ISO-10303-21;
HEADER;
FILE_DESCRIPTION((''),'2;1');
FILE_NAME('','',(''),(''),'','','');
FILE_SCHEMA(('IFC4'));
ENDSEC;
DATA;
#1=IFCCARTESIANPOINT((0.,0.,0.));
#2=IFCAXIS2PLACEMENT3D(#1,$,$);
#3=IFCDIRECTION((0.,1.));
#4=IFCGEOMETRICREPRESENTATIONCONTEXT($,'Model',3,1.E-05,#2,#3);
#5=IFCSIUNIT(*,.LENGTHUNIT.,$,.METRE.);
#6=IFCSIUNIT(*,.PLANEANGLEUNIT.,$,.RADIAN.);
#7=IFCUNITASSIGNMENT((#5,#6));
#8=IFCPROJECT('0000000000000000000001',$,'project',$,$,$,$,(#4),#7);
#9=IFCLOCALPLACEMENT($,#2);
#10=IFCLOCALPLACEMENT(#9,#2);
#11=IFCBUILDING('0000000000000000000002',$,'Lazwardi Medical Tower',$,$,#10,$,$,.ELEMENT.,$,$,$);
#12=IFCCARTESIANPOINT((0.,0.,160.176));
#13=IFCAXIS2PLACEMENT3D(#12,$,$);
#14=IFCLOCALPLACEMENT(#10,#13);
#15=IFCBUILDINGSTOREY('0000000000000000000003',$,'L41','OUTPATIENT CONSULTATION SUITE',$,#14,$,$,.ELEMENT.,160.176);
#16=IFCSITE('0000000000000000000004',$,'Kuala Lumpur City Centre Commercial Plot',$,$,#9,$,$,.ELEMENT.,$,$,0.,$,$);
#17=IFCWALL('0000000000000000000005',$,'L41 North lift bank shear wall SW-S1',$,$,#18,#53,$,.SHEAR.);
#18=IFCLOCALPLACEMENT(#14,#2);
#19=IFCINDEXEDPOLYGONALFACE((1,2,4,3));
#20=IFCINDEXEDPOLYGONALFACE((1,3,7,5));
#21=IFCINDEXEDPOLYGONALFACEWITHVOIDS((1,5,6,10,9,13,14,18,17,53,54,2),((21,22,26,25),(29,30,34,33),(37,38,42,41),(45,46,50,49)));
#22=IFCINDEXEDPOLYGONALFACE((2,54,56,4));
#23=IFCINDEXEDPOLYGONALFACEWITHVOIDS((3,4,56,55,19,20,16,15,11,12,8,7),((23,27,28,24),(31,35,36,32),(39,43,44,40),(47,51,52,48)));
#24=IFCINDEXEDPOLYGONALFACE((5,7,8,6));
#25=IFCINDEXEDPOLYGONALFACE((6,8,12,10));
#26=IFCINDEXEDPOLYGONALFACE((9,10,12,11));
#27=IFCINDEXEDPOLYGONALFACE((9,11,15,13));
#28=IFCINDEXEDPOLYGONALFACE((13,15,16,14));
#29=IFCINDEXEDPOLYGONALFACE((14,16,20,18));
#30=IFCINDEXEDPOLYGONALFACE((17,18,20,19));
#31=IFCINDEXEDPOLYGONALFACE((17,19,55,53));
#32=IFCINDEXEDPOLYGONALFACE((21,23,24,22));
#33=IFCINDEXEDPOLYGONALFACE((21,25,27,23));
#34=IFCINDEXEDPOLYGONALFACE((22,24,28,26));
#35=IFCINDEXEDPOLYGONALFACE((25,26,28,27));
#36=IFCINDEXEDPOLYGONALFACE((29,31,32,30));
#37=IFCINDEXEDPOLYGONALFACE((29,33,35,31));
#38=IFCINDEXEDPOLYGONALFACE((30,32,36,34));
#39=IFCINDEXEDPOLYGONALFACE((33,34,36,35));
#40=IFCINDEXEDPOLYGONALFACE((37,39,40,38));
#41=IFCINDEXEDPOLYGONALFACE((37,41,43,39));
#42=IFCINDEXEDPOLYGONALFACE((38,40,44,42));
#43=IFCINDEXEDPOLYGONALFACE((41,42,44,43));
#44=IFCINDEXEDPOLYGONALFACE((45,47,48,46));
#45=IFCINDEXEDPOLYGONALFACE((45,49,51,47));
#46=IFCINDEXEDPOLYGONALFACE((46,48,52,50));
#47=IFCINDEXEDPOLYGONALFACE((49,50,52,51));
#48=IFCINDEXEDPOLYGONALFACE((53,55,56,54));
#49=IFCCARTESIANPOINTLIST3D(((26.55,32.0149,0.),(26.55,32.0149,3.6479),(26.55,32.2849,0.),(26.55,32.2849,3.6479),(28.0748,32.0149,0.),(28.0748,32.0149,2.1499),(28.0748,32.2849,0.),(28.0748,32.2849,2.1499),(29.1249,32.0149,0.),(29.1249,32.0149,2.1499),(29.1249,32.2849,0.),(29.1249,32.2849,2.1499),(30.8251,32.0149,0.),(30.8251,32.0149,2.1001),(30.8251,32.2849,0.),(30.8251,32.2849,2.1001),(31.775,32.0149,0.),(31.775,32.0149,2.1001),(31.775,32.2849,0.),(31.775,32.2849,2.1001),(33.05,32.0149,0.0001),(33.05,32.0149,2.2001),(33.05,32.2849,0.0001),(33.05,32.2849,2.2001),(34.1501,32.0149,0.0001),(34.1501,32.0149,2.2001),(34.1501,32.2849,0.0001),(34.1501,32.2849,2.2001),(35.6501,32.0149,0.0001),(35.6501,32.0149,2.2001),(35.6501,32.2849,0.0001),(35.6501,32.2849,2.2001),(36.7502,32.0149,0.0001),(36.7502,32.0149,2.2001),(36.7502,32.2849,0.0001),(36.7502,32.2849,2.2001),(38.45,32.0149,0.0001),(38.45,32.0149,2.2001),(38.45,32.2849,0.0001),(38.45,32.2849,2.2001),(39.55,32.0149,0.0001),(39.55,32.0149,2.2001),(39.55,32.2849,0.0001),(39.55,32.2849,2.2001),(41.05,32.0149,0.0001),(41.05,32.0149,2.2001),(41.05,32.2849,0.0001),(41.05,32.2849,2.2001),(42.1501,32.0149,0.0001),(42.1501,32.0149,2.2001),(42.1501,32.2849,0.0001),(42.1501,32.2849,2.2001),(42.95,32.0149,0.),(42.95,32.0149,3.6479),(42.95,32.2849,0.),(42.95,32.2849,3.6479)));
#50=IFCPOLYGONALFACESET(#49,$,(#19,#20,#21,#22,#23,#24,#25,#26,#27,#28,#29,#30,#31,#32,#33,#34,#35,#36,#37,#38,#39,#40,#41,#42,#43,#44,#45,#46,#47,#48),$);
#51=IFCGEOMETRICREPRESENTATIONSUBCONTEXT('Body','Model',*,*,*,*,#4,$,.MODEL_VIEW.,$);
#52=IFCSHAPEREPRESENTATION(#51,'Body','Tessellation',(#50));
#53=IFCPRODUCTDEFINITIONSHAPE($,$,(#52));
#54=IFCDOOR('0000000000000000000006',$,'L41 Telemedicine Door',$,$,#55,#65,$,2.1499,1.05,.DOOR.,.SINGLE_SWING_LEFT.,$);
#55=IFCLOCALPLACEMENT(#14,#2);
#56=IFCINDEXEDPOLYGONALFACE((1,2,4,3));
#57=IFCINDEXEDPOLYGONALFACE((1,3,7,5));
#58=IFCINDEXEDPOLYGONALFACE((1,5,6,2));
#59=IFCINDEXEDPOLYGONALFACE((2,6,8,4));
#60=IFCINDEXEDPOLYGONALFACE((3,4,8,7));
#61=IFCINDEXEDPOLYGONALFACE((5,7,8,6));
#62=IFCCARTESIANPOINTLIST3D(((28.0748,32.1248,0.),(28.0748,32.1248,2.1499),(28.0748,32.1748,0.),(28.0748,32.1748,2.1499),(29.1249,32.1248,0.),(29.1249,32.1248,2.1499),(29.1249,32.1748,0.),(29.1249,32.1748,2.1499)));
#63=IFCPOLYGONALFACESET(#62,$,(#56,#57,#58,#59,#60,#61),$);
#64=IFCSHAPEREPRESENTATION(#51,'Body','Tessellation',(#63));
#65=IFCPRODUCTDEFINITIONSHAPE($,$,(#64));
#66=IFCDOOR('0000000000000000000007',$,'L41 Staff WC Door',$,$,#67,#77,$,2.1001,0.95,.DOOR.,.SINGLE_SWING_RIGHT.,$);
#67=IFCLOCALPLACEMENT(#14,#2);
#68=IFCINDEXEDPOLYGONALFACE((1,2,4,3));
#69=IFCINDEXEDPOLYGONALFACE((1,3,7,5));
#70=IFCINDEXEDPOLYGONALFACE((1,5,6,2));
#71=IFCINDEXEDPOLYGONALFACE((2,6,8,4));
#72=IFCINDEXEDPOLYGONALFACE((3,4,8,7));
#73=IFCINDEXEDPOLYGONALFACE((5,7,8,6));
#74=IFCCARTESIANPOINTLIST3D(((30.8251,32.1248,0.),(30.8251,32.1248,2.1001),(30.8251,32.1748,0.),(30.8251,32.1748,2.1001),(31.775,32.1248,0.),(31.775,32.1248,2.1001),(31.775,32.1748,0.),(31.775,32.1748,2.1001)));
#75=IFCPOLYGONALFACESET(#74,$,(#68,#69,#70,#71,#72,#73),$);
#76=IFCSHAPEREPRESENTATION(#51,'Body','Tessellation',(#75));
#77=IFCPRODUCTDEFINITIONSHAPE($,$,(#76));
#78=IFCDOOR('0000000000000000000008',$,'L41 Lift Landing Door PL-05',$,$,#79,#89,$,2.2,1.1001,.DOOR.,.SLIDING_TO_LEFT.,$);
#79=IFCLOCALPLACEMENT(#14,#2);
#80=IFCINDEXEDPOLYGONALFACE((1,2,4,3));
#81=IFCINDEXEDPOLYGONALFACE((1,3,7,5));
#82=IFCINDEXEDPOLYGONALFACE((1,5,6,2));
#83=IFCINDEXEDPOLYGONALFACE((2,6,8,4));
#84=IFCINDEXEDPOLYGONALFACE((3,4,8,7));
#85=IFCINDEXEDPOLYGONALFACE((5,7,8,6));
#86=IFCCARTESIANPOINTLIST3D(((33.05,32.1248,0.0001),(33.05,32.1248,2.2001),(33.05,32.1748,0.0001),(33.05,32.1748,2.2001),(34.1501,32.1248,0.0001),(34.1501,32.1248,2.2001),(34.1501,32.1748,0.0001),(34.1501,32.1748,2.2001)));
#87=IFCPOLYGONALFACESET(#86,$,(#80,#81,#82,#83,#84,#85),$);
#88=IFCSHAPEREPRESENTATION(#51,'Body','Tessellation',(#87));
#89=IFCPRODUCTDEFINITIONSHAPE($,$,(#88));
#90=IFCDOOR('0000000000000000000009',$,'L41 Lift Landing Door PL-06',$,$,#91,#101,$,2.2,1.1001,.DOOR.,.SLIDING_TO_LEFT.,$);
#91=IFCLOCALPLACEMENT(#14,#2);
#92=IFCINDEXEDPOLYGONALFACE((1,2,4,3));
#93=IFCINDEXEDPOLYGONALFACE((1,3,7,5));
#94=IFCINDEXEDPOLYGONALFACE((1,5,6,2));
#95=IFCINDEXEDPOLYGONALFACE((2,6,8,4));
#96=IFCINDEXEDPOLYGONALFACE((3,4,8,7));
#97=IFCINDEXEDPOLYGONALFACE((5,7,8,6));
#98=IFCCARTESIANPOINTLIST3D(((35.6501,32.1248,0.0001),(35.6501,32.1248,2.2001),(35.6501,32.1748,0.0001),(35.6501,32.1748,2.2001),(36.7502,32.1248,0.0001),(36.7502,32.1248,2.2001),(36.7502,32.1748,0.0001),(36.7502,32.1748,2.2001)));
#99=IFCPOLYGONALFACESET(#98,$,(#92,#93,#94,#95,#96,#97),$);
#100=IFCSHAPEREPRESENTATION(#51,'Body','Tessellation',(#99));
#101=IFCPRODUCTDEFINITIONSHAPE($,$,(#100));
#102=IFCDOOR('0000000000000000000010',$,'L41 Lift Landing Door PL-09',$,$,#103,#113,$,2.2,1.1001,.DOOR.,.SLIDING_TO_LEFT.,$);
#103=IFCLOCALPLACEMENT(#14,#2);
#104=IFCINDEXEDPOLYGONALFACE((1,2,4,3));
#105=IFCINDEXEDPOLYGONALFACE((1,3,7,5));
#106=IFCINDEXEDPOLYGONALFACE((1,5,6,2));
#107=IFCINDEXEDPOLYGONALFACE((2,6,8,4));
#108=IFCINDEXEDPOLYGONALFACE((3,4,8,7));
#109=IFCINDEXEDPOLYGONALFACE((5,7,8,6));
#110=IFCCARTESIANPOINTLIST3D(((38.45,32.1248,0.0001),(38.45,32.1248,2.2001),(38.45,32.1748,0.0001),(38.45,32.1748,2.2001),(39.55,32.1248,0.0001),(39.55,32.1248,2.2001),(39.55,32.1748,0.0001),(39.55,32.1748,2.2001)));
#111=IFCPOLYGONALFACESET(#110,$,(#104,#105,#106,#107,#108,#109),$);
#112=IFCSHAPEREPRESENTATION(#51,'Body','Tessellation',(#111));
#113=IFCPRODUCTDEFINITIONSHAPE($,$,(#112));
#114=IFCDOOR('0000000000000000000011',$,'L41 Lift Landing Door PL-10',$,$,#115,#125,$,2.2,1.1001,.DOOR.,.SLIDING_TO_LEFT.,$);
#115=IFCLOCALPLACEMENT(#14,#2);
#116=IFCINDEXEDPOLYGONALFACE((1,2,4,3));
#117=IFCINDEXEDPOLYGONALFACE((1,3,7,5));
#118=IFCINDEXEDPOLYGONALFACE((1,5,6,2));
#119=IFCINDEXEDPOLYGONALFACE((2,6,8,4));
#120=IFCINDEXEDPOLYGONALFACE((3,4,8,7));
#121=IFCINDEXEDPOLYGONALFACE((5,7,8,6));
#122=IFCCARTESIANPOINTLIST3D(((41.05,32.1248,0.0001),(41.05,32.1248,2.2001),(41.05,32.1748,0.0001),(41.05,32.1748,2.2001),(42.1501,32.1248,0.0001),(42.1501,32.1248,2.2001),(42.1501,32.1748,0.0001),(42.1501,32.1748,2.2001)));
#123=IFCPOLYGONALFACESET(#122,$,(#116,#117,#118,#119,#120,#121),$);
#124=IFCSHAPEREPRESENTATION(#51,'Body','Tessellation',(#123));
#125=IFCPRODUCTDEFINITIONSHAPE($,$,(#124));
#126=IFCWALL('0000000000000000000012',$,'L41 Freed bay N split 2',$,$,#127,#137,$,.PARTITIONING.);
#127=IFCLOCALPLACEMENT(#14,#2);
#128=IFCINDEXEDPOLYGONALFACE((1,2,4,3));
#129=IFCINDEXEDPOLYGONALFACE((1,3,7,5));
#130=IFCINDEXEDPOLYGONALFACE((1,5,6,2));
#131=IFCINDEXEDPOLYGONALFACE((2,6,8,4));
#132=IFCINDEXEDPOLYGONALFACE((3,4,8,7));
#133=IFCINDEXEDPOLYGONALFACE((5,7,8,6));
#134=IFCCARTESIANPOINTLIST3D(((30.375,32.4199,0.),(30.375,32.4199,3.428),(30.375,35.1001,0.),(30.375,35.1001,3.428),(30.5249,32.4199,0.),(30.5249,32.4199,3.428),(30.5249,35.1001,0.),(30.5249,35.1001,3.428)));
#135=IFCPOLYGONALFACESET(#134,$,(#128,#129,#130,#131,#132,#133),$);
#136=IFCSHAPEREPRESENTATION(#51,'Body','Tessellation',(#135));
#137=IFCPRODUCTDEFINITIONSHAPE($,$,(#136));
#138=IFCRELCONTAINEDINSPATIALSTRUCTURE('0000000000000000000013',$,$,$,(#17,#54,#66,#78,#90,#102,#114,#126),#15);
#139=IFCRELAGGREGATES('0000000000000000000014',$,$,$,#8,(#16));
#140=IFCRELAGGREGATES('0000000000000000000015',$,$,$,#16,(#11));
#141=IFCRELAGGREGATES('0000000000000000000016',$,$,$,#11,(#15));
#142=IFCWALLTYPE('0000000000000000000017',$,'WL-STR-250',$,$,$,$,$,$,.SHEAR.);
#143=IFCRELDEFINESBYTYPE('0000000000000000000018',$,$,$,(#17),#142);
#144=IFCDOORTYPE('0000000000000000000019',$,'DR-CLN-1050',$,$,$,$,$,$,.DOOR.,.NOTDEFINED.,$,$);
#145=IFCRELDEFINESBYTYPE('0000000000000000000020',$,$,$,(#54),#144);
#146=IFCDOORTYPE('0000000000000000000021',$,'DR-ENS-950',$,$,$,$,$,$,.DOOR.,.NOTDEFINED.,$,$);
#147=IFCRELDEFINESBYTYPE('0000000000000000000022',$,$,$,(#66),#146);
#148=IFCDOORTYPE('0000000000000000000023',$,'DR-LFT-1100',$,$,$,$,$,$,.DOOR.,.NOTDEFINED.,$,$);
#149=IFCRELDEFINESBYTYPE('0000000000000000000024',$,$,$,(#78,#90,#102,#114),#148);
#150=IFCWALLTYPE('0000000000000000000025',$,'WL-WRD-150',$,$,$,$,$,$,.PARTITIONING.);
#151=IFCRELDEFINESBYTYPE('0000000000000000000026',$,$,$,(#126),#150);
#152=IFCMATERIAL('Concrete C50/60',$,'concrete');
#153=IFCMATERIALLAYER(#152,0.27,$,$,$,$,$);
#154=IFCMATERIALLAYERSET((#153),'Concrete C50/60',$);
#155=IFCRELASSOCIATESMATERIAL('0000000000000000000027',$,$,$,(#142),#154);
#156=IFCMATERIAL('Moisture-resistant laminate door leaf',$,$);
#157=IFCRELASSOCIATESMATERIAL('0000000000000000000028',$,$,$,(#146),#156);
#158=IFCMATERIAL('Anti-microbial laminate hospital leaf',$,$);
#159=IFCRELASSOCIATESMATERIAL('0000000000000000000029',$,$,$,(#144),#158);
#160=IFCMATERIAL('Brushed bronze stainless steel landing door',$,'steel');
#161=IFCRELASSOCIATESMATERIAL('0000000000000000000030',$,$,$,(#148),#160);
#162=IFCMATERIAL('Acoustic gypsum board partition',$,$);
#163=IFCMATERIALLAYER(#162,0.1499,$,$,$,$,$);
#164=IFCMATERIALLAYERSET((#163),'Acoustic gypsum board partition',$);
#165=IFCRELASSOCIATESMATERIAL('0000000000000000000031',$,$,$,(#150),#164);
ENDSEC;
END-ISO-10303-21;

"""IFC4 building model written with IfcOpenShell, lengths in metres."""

from ifc_helpers import new_model, si_unit, direction, frame, frame_2d, origin, place, context, subcontext, project, spatial, rectangle, extrude, material, layer, layer_set, type_object, element, fill, save


model = new_model("IFC4")

# Units and contexts
model_context = context("Model", 3, precision=1e-05, world=origin(), true_north=direction((0.0, 1.0)))
body_context = subcontext(model_context, "Body", "Model", "MODEL_VIEW")
ifc_project = project(units=[si_unit("LENGTHUNIT", "METRE"), si_unit("PLANEANGLEUNIT", "RADIAN")], contexts=[model_context])

# Site, building, storey
site_placement = place(None, origin())
site = spatial("IfcSite", under=ifc_project, at=site_placement, Name="Kuala Lumpur City Centre Commercial Plot", CompositionType="ELEMENT", RefElevation=0.0)
building_placement = place(site_placement, origin())
building = spatial("IfcBuilding", under=site, at=building_placement, Name="Lazwardi Medical Tower", CompositionType="ELEMENT")
storey_placement = place(building_placement, frame((0.0, 0.0, 160.176)))
storey = spatial("IfcBuildingStorey", under=building, at=storey_placement, Name="L41", Description="OUTPATIENT CONSULTATION SUITE", CompositionType="ELEMENT", Elevation=160.176)

# Wall, openings, doors
ifc_material_1 = material(Name="Concrete C50/60", Category="concrete")
ifc_layer_1 = layer(ifc_material_1, 0.27)
ifc_layer_set_1 = layer_set([ifc_layer_1], Name="Concrete C50/60")
wall_type_1 = type_object("IfcWallType", Name="WL-STR-250", PredefinedType="SHEAR", material=ifc_layer_set_1)
ifc_material_2 = material(Name="Moisture-resistant laminate door leaf")
door_type_1 = type_object("IfcDoorType", Name="DR-ENS-950", OperationType="NOTDEFINED", PredefinedType="DOOR", material=ifc_material_2)
wall_1_placement = place(storey_placement, frame((26.55, 32.1499, 0.0), z_axis=(0.0, 0.0, 1.0), x_axis=(1.0, 0.0, 0.0)))
wall_1 = element("IfcWall", 1, at=wall_1_placement, inside=storey, type_object=wall_type_1, Name="L41 North lift bank shear wall SW-S1", PredefinedType="SHEAR", context=body_context, shape_type="SweptSolid", body=[
    extrude(rectangle(XDim=16.3999, YDim=0.27, at=frame_2d((8.2, 0.0))), origin(), (0.0, 0.0, 1.0), 3.6479),
])
opening_1_placement = place(wall_1_placement, frame((1.5249, 0.0, 0.0)))
opening_1 = element("IfcOpeningElement", 2, at=opening_1_placement, cuts=wall_1, PredefinedType="OPENING", context=body_context, shape_type="SweptSolid", body=[
    extrude(rectangle(XDim=1.05, YDim=2.1499, at=frame_2d((0.5249, 1.075))), frame((0.0, 0.145, 0.0), z_axis=(0.0, -1.0, 0.0), x_axis=(1.0, 0.0, 0.0)), (0.0, 0.0, 1.0), 0.29),
])
opening_2_placement = place(wall_1_placement, frame((4.2749, 0.0, 0.0)))
opening_2 = element("IfcOpeningElement", 3, at=opening_2_placement, cuts=wall_1, PredefinedType="OPENING", context=body_context, shape_type="SweptSolid", body=[
    extrude(rectangle(XDim=0.95, YDim=2.1001, at=frame_2d((0.4751, 1.05))), frame((0.0, 0.145, 0.0), z_axis=(0.0, -1.0, 0.0), x_axis=(1.0, 0.0, 0.0)), (0.0, 0.0, 1.0), 0.29),
])
opening_3_placement = place(wall_1_placement, frame((6.5, 0.0, 0.0)))
opening_3 = element("IfcOpeningElement", 4, at=opening_3_placement, cuts=wall_1, PredefinedType="OPENING", context=body_context, shape_type="SweptSolid", body=[
    extrude(rectangle(XDim=1.1001, YDim=2.2, at=frame_2d((0.55, 1.1001))), frame((0.0, 0.145, 0.0), z_axis=(0.0, -1.0, 0.0), x_axis=(1.0, 0.0, 0.0)), (0.0, 0.0, 1.0), 0.29),
])
opening_4_placement = place(wall_1_placement, frame((9.1001, 0.0, 0.0)))
opening_4 = element("IfcOpeningElement", 5, at=opening_4_placement, cuts=wall_1, PredefinedType="OPENING", context=body_context, shape_type="SweptSolid", body=[
    extrude(rectangle(XDim=1.1001, YDim=2.2, at=frame_2d((0.55, 1.1001))), frame((0.0, 0.145, 0.0), z_axis=(0.0, -1.0, 0.0), x_axis=(1.0, 0.0, 0.0)), (0.0, 0.0, 1.0), 0.29),
])
opening_5_placement = place(wall_1_placement, frame((11.8999, 0.0, 0.0)))
opening_5 = element("IfcOpeningElement", 6, at=opening_5_placement, cuts=wall_1, PredefinedType="OPENING", context=body_context, shape_type="SweptSolid", body=[
    extrude(rectangle(XDim=1.1001, YDim=2.2, at=frame_2d((0.55, 1.1001))), frame((0.0, 0.145, 0.0), z_axis=(0.0, -1.0, 0.0), x_axis=(1.0, 0.0, 0.0)), (0.0, 0.0, 1.0), 0.29),
])
opening_6_placement = place(wall_1_placement, frame((14.5, 0.0, 0.0)))
opening_6 = element("IfcOpeningElement", 7, at=opening_6_placement, cuts=wall_1, PredefinedType="OPENING", context=body_context, shape_type="SweptSolid", body=[
    extrude(rectangle(XDim=1.1001, YDim=2.2, at=frame_2d((0.55, 1.1001))), frame((0.0, 0.145, 0.0), z_axis=(0.0, -1.0, 0.0), x_axis=(1.0, 0.0, 0.0)), (0.0, 0.0, 1.0), 0.29),
])
ifc_material_3 = material(Name="Anti-microbial laminate hospital leaf")
door_type_2 = type_object("IfcDoorType", Name="DR-CLN-1050", OperationType="NOTDEFINED", PredefinedType="DOOR", material=ifc_material_3)
door_1_placement = place(opening_1_placement, origin())
door_1 = element("IfcDoor", 8, at=door_1_placement, inside=storey, type_object=door_type_2, Name="L41 Telemedicine Door", OperationType="SINGLE_SWING_LEFT", OverallHeight=2.1499, OverallWidth=1.05, PredefinedType="DOOR", context=body_context, shape_type="SweptSolid", body=[
    extrude(rectangle(XDim=1.05, YDim=2.1499, at=frame_2d((0.5249, 1.075))), frame((0.0, 0.0249, 0.0), z_axis=(0.0, -1.0, 0.0), x_axis=(1.0, 0.0, 0.0)), (0.0, 0.0, 1.0), 0.05),
])
fill(opening_1, door_1)
door_2_placement = place(opening_2_placement, origin())
door_2 = element("IfcDoor", 9, at=door_2_placement, inside=storey, type_object=door_type_1, Name="L41 Staff WC Door", OperationType="SINGLE_SWING_RIGHT", OverallHeight=2.1001, OverallWidth=0.95, PredefinedType="DOOR", context=body_context, shape_type="SweptSolid", body=[
    extrude(rectangle(XDim=0.95, YDim=2.1001, at=frame_2d((0.4751, 1.05))), frame((0.0, 0.0249, 0.0), z_axis=(0.0, -1.0, 0.0), x_axis=(1.0, 0.0, 0.0)), (0.0, 0.0, 1.0), 0.05),
])
fill(opening_2, door_2)
ifc_material_4 = material(Name="Brushed bronze stainless steel landing door", Category="steel")
door_type_3 = type_object("IfcDoorType", Name="DR-LFT-1100", OperationType="NOTDEFINED", PredefinedType="DOOR", material=ifc_material_4)
door_3_placement = place(opening_3_placement, origin())
door_3 = element("IfcDoor", 10, at=door_3_placement, inside=storey, type_object=door_type_3, Name="L41 Lift Landing Door PL-05", OperationType="SLIDING_TO_LEFT", OverallHeight=2.2, OverallWidth=1.1001, PredefinedType="DOOR", context=body_context, shape_type="SweptSolid", body=[
    extrude(rectangle(XDim=1.1001, YDim=2.2, at=frame_2d((0.55, 1.1001))), frame((0.0, 0.0249, 0.0), z_axis=(0.0, -1.0, 0.0), x_axis=(1.0, 0.0, 0.0)), (0.0, 0.0, 1.0), 0.05),
])
fill(opening_3, door_3)
door_4_placement = place(opening_4_placement, origin())
door_4 = element("IfcDoor", 11, at=door_4_placement, inside=storey, type_object=door_type_3, Name="L41 Lift Landing Door PL-06", OperationType="SLIDING_TO_LEFT", OverallHeight=2.2, OverallWidth=1.1001, PredefinedType="DOOR", context=body_context, shape_type="SweptSolid", body=[
    extrude(rectangle(XDim=1.1001, YDim=2.2, at=frame_2d((0.55, 1.1001))), frame((0.0, 0.0249, 0.0), z_axis=(0.0, -1.0, 0.0), x_axis=(1.0, 0.0, 0.0)), (0.0, 0.0, 1.0), 0.05),
])
fill(opening_4, door_4)
door_5_placement = place(opening_5_placement, origin())
door_5 = element("IfcDoor", 12, at=door_5_placement, inside=storey, type_object=door_type_3, Name="L41 Lift Landing Door PL-09", OperationType="SLIDING_TO_LEFT", OverallHeight=2.2, OverallWidth=1.1001, PredefinedType="DOOR", context=body_context, shape_type="SweptSolid", body=[
    extrude(rectangle(XDim=1.1001, YDim=2.2, at=frame_2d((0.55, 1.1001))), frame((0.0, 0.0249, 0.0), z_axis=(0.0, -1.0, 0.0), x_axis=(1.0, 0.0, 0.0)), (0.0, 0.0, 1.0), 0.05),
])
fill(opening_5, door_5)
door_6_placement = place(opening_6_placement, origin())
door_6 = element("IfcDoor", 13, at=door_6_placement, inside=storey, type_object=door_type_3, Name="L41 Lift Landing Door PL-10", OperationType="SLIDING_TO_LEFT", OverallHeight=2.2, OverallWidth=1.1001, PredefinedType="DOOR", context=body_context, shape_type="SweptSolid", body=[
    extrude(rectangle(XDim=1.1001, YDim=2.2, at=frame_2d((0.55, 1.1001))), frame((0.0, 0.0249, 0.0), z_axis=(0.0, -1.0, 0.0), x_axis=(1.0, 0.0, 0.0)), (0.0, 0.0, 1.0), 0.05),
])
fill(opening_6, door_6)

# Wall
ifc_material_5 = material(Name="Acoustic gypsum board partition")
ifc_layer_2 = layer(ifc_material_5, 0.1499)
ifc_layer_set_2 = layer_set([ifc_layer_2], Name="Acoustic gypsum board partition")
wall_type_2 = type_object("IfcWallType", Name="WL-WRD-150", PredefinedType="PARTITIONING", material=ifc_layer_set_2)
wall_2_placement = place(storey_placement, frame((30.45, 32.4199, 0.0), z_axis=(0.0, 0.0, 1.0), x_axis=(0.0, 1.0, 0.0)))
element("IfcWall", 14, at=wall_2_placement, inside=storey, type_object=wall_type_2, Name="L41 Freed bay N split 2", PredefinedType="PARTITIONING", context=body_context, shape_type="SweptSolid", body=[
    extrude(rectangle(XDim=2.6802, YDim=0.1499, at=frame_2d((1.3401, 0.0))), origin(), (0.0, 0.0, 1.0), 3.428),
])

save(model, "model.ifc")
